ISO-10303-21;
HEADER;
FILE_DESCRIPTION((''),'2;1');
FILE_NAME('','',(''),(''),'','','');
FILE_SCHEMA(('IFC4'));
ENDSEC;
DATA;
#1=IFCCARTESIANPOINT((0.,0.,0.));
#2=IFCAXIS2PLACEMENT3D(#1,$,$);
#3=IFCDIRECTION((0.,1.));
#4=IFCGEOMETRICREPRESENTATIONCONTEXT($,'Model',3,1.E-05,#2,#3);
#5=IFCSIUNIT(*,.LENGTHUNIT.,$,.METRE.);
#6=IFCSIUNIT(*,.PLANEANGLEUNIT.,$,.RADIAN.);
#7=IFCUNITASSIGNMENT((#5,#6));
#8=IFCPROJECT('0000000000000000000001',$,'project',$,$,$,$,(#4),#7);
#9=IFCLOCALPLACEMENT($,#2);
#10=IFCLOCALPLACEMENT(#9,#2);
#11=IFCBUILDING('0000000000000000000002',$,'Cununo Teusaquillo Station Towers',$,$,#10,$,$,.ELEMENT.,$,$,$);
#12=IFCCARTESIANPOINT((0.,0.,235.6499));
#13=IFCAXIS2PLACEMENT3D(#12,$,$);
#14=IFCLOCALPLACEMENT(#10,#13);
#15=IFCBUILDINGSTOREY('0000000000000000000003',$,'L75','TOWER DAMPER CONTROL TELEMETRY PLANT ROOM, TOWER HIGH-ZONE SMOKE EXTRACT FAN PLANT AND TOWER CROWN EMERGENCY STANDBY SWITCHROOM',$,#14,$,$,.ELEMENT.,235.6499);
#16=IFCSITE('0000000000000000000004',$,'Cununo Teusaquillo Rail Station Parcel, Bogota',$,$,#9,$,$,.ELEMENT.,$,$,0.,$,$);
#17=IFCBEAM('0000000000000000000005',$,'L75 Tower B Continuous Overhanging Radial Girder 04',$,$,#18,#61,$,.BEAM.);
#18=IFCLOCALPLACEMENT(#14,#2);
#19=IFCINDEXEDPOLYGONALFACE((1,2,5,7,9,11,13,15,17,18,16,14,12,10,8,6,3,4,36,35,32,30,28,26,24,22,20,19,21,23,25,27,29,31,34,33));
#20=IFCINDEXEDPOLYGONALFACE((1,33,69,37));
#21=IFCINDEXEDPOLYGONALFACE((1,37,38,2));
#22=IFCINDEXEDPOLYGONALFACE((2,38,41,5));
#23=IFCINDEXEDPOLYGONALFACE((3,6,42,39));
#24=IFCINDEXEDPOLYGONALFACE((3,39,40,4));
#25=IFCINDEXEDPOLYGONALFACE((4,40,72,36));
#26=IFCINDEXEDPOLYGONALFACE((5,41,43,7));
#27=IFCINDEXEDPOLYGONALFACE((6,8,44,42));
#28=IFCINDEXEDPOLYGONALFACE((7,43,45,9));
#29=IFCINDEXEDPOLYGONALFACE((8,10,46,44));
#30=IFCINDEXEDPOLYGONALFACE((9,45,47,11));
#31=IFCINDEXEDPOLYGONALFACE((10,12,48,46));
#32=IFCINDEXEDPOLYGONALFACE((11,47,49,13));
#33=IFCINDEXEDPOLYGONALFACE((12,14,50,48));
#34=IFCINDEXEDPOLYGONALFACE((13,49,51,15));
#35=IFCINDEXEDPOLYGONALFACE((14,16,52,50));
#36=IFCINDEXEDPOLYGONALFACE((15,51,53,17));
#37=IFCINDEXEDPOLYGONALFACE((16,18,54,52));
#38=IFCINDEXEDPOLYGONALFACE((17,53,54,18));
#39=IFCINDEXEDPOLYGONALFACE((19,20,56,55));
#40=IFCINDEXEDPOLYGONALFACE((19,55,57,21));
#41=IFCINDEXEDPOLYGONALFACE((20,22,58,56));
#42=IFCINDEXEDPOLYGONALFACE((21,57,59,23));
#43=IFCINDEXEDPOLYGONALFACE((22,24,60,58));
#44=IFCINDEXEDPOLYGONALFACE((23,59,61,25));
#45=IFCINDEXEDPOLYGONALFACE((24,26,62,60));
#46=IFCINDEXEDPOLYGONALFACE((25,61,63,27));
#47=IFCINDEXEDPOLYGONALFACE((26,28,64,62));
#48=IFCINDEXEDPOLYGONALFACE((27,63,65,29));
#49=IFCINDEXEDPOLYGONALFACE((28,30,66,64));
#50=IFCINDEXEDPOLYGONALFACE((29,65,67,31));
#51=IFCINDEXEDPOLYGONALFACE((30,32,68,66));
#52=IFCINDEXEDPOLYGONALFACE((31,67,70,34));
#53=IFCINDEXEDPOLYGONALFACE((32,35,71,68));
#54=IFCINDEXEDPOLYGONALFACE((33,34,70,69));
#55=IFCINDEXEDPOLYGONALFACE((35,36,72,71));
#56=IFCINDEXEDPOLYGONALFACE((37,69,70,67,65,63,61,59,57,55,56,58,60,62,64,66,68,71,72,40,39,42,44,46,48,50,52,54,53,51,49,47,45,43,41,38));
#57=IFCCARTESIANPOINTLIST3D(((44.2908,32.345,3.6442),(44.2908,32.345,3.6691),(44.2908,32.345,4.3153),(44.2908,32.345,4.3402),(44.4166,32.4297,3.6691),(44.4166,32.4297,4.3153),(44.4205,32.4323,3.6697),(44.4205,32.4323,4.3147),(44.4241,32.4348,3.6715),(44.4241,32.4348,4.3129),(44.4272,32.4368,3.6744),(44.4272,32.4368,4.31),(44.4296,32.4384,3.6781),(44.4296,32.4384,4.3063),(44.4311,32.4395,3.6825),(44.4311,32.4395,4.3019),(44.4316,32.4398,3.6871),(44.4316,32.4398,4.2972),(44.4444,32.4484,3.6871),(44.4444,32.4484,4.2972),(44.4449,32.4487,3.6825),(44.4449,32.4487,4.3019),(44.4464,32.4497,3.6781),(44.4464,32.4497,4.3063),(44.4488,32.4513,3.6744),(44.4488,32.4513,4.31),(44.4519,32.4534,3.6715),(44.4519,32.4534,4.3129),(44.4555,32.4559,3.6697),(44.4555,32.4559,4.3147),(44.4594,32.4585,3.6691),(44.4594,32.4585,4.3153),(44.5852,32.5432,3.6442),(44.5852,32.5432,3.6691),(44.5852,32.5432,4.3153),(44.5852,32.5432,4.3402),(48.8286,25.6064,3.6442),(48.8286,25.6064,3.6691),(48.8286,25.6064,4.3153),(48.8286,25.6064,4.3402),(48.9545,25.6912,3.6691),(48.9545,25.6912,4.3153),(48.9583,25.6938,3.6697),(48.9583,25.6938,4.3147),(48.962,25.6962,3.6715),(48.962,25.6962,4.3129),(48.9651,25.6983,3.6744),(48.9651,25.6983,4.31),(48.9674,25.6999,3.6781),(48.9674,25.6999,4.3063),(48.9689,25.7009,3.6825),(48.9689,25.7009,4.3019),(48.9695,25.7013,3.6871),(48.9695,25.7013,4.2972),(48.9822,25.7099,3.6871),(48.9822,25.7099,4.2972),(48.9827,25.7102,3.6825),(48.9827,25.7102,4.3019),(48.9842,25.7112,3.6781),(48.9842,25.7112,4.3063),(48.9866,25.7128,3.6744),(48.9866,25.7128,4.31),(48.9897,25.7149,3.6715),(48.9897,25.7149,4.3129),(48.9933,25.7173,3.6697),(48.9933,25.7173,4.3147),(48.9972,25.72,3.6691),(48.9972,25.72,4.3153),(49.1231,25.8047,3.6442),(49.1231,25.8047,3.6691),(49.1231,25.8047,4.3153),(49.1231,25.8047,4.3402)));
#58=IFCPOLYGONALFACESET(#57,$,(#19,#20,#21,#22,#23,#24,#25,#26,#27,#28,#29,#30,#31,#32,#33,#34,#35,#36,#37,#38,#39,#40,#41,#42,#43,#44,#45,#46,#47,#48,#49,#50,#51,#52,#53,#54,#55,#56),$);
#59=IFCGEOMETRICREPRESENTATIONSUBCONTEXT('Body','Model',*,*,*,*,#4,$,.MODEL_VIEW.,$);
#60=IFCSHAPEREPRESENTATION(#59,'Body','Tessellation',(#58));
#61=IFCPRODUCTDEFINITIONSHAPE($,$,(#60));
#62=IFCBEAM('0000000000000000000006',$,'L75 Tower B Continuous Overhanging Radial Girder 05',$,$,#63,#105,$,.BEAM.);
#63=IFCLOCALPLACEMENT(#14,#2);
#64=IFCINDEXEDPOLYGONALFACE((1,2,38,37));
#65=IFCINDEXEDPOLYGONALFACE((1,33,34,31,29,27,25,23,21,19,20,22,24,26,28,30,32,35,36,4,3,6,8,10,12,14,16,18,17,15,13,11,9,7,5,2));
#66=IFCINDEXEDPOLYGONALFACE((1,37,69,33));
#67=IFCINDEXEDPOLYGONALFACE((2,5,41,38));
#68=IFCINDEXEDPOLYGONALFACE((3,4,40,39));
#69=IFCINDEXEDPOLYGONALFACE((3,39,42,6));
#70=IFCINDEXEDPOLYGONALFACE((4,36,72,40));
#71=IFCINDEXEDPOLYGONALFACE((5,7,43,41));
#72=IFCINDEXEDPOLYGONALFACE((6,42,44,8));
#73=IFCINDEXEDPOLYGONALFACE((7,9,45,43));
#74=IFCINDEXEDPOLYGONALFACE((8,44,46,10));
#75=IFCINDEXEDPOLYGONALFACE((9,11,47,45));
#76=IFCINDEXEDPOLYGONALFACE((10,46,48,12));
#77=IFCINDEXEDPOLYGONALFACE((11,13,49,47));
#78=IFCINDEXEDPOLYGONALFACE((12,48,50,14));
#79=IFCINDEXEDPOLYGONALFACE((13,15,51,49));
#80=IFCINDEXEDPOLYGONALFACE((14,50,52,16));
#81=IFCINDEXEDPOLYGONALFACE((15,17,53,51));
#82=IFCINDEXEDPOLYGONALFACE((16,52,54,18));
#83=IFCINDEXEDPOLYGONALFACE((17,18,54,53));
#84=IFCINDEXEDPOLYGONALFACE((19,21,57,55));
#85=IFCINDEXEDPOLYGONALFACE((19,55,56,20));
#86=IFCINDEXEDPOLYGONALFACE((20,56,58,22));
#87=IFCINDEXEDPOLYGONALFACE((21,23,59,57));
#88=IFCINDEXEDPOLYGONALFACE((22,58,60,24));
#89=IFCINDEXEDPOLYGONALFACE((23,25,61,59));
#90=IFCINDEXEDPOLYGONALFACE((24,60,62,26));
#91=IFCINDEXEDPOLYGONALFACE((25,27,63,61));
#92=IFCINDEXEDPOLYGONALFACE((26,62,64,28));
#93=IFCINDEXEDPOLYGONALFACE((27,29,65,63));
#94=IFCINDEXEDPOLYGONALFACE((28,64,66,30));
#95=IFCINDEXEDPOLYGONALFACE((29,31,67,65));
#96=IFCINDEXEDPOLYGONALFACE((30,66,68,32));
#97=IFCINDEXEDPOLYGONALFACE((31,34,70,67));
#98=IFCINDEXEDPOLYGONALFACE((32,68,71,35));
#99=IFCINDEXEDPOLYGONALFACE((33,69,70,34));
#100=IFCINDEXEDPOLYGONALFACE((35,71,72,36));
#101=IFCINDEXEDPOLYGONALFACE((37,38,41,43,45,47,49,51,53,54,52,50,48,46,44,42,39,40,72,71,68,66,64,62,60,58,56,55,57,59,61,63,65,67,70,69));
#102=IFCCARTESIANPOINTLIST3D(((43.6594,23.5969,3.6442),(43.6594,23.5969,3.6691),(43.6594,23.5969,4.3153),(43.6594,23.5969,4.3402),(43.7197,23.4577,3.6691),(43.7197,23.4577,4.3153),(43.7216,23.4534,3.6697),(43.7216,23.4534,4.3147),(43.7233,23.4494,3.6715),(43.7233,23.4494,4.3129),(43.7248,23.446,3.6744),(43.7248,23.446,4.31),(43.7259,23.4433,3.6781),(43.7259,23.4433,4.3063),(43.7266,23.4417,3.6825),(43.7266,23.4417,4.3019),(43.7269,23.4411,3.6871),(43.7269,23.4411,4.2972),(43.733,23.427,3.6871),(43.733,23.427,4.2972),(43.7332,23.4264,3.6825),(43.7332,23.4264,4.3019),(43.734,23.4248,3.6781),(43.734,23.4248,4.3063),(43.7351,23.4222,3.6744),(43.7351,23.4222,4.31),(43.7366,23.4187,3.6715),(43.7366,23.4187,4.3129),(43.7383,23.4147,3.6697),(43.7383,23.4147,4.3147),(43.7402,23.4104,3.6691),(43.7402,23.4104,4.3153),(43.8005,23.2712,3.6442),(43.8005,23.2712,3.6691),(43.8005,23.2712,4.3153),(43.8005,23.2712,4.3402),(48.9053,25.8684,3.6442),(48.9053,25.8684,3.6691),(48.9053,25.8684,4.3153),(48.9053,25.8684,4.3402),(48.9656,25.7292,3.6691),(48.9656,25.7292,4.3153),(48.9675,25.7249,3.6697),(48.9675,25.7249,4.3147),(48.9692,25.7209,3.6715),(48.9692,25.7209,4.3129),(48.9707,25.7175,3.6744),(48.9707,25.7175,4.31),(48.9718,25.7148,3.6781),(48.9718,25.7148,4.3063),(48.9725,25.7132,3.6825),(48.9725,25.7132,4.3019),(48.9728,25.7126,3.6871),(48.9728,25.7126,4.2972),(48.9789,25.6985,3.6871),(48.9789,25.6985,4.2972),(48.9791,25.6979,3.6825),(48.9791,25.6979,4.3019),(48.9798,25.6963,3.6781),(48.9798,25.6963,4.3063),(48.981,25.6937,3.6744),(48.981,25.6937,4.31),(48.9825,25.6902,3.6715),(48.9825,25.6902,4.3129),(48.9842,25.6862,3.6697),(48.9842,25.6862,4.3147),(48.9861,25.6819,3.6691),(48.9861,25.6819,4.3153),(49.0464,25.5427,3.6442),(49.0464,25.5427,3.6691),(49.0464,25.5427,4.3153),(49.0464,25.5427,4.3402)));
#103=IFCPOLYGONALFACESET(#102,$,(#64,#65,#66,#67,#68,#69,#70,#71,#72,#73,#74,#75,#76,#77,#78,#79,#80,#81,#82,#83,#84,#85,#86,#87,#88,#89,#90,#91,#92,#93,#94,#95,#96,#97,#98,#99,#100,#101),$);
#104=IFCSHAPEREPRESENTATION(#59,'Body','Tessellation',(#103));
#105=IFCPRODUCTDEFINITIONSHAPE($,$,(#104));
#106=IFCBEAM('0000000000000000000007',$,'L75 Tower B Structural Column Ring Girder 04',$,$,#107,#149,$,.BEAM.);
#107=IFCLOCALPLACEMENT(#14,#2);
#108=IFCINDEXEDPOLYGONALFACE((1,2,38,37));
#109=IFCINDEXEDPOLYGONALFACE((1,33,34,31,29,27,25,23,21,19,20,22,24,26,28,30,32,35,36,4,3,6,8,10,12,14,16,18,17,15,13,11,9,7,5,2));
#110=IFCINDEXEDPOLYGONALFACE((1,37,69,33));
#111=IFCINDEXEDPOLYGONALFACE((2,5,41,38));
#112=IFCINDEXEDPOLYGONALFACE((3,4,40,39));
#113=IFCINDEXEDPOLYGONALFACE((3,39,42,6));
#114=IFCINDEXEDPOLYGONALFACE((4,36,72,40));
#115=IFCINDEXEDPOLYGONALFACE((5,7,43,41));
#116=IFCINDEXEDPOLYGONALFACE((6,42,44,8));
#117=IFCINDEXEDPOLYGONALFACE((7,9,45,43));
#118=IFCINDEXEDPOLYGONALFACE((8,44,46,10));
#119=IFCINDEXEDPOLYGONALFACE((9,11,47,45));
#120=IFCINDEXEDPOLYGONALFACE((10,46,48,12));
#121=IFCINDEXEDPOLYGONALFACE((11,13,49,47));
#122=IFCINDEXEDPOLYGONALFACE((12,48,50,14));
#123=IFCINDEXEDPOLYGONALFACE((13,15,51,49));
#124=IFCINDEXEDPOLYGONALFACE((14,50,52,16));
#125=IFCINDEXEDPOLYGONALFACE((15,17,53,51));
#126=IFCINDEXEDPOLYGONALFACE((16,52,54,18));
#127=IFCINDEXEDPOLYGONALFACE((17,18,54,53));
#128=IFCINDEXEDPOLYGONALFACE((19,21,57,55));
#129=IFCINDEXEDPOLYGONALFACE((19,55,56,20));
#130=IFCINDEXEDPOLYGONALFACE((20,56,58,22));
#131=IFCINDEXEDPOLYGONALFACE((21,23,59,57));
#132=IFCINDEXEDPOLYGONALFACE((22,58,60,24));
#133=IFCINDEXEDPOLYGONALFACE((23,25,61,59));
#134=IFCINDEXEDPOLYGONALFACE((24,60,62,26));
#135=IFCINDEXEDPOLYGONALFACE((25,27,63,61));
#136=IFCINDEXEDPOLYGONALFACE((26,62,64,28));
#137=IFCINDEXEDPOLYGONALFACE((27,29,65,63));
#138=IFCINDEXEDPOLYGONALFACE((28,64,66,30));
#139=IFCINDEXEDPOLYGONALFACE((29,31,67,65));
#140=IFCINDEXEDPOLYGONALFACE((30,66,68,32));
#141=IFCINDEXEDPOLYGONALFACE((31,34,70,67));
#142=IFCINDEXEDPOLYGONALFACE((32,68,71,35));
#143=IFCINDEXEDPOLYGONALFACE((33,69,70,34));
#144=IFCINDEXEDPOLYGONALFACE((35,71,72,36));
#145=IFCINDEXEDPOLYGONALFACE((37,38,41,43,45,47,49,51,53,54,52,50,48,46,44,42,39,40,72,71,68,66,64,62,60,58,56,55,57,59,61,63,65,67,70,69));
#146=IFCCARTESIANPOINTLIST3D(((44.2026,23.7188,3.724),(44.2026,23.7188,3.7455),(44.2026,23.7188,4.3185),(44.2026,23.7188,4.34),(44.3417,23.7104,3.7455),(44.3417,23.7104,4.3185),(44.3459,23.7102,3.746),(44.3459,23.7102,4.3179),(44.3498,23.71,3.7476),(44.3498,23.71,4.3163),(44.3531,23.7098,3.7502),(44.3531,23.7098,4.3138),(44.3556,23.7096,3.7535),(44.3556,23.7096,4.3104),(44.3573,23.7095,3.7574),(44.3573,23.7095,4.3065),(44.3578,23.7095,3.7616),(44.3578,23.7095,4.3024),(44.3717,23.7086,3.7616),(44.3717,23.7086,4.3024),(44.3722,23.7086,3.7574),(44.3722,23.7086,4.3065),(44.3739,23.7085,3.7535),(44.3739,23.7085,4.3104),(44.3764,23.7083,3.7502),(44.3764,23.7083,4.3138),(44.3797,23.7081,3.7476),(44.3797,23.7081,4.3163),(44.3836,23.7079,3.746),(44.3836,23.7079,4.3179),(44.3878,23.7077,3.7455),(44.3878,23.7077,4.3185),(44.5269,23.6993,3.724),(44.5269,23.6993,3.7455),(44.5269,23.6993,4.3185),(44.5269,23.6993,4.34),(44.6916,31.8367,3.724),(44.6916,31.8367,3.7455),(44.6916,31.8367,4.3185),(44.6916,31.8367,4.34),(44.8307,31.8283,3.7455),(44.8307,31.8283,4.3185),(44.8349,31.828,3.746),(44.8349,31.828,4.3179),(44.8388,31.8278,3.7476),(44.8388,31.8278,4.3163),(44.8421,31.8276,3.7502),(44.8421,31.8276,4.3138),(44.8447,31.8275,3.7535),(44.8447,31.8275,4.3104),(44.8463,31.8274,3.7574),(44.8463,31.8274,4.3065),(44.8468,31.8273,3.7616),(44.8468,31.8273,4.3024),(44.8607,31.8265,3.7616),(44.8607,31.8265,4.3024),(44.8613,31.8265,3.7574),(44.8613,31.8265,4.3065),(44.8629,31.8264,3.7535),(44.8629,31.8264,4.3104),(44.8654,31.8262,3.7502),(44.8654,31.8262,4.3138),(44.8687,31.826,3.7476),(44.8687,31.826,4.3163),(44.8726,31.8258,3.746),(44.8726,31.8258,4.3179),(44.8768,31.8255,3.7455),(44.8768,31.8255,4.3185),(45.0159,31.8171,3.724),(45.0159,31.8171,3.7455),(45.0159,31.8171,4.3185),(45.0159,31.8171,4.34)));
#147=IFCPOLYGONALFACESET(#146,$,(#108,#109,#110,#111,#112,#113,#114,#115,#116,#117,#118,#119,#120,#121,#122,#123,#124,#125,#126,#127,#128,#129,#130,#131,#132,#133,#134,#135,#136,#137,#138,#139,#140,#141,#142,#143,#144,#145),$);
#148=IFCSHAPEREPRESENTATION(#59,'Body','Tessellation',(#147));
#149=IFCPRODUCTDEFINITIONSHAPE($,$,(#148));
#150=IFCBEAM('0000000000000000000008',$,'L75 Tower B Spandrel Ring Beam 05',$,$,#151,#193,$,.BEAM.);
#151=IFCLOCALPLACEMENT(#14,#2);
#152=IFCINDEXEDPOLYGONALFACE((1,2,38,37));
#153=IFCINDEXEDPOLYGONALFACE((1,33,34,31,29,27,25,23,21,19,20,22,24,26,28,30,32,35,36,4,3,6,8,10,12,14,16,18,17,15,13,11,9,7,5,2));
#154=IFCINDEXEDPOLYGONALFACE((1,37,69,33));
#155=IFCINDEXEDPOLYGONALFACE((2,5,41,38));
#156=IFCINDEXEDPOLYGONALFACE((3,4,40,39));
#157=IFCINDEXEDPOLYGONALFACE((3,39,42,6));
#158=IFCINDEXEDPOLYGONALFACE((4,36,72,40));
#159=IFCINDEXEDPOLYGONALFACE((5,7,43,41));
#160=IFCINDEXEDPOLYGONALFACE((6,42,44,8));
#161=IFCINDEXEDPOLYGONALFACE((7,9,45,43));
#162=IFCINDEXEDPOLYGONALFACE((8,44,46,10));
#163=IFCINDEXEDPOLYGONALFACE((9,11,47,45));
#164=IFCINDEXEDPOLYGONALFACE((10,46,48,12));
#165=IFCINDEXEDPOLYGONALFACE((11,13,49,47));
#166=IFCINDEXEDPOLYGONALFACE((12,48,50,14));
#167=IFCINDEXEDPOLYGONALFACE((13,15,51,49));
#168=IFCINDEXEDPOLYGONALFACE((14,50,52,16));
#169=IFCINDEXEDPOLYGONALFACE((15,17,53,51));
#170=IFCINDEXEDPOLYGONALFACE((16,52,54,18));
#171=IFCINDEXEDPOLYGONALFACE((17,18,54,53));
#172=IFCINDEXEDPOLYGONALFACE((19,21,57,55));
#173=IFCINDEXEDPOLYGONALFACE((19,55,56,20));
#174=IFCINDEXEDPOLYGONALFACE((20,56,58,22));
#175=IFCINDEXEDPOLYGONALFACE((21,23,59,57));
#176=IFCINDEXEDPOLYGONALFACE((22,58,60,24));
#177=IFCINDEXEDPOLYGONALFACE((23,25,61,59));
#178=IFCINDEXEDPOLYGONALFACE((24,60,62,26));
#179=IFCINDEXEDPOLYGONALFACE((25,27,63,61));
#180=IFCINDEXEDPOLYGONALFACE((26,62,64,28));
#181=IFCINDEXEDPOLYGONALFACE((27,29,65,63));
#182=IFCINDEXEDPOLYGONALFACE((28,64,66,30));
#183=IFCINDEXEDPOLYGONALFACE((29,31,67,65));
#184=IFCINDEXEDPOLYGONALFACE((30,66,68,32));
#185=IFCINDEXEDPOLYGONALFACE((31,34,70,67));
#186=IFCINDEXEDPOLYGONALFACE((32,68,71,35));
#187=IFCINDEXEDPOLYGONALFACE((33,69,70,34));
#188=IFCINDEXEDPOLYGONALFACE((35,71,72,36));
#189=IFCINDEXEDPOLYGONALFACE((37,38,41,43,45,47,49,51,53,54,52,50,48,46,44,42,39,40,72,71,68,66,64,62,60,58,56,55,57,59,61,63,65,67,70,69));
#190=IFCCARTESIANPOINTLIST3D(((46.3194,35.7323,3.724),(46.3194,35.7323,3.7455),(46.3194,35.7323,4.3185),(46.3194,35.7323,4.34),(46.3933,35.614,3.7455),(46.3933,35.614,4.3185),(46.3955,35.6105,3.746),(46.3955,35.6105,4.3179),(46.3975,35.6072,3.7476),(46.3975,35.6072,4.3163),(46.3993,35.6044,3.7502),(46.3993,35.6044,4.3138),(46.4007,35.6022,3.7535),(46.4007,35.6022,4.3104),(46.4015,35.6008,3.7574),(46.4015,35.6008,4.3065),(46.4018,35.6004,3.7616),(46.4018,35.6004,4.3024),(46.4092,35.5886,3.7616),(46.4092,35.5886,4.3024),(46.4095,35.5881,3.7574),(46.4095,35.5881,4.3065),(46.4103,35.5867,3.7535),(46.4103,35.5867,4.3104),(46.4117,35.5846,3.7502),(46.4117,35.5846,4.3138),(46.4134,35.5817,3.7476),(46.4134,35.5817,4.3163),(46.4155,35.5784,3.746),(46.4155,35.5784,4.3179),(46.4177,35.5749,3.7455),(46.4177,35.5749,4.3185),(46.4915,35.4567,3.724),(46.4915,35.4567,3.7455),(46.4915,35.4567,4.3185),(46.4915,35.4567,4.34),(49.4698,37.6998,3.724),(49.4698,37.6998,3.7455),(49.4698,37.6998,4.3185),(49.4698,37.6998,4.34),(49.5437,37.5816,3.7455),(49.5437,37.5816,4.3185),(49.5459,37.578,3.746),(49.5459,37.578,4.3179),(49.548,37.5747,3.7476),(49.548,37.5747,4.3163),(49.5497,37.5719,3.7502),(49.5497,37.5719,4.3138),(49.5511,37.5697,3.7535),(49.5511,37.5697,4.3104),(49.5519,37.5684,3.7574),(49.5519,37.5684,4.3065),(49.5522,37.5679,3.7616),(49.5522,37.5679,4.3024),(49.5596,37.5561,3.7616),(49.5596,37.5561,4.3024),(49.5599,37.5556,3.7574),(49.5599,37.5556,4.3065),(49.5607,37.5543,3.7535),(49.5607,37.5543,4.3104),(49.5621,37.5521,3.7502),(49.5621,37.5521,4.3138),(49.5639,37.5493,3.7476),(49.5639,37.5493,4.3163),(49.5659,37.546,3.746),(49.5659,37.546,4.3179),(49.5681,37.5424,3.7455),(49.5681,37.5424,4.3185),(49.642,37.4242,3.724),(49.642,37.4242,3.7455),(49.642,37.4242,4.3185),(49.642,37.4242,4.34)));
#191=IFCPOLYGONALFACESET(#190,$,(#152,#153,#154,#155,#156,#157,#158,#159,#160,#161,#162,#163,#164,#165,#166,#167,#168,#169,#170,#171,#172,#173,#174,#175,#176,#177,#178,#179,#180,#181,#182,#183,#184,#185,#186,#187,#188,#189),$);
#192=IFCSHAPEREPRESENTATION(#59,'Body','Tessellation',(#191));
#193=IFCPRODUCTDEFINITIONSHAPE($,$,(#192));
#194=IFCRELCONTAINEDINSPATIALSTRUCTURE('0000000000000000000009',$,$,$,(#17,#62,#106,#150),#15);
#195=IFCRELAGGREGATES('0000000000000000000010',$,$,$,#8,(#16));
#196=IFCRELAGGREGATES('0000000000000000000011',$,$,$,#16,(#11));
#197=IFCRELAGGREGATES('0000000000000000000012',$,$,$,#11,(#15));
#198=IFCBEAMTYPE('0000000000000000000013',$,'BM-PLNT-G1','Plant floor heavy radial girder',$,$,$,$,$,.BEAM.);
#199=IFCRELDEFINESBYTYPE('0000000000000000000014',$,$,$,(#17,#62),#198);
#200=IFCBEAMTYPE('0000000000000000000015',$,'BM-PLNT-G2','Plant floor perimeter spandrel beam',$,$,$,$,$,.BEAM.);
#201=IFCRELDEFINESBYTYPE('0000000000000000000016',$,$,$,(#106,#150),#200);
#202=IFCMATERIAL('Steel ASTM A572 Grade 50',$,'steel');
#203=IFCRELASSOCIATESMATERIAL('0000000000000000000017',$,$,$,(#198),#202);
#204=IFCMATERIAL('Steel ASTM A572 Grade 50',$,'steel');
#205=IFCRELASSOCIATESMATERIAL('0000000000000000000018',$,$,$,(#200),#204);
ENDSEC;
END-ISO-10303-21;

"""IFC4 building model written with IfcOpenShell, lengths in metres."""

from ifc_helpers import new_model, si_unit, direction, frame, origin, origin_2d, place, context, subcontext, project, spatial, i_section, extrude, material, material_profile, profile_set, type_object, element, save


model = new_model("IFC4")

# Units and contexts
model_context = context("Model", 3, precision=1e-05, world=origin(), true_north=direction((0.0, 1.0)))
body_context = subcontext(model_context, "Body", "Model", "MODEL_VIEW")
ifc_project = project(units=[si_unit("LENGTHUNIT", "METRE"), si_unit("PLANEANGLEUNIT", "RADIAN")], contexts=[model_context])

# Site, building, storey
site_placement = place(None, origin())
site = spatial("IfcSite", under=ifc_project, at=site_placement, Name="Cununo Teusaquillo Rail Station Parcel, Bogota", CompositionType="ELEMENT", RefElevation=0.0)
building_placement = place(site_placement, origin())
building = spatial("IfcBuilding", under=site, at=building_placement, Name="Cununo Teusaquillo Station Towers", CompositionType="ELEMENT")
storey_placement = place(building_placement, frame((0.0, 0.0, 235.6499)))
storey = spatial("IfcBuildingStorey", under=building, at=storey_placement, Name="L75", Description="TOWER DAMPER CONTROL TELEMETRY PLANT ROOM, TOWER HIGH-ZONE SMOKE EXTRACT FAN PLANT AND TOWER CROWN EMERGENCY STANDBY SWITCHROOM", CompositionType="ELEMENT", Elevation=235.6499)

# Beams
ifc_material_1 = material(Name="Steel ASTM A572 Grade 50", Category="steel")
ifc_material_profile_1 = material_profile(ifc_material_1, i_section(OverallWidth=0.355, OverallDepth=0.696, WebThickness=0.0154, FlangeThickness=0.0249, FilletRadius=0.0181, at=origin_2d()), Name="W27X146")
ifc_profile_set_1 = profile_set([ifc_material_profile_1], Name="Steel ASTM A572 Grade 50")
beam_type_1 = type_object("IfcBeamType", Name="BM-PLNT-G1", Description="Plant floor heavy radial girder", PredefinedType="BEAM", material=ifc_profile_set_1)
beam_1_placement = place(storey_placement, frame((48.9758, 25.7056, 3.9922), z_axis=(-0.558571, 0.829457, 0.0), x_axis=(-0.829457, -0.558571, 0.0)))
element("IfcBeam", 1, at=beam_1_placement, inside=storey, type_object=beam_type_1, Name="L75 Tower B Continuous Overhanging Radial Girder 04", PredefinedType="BEAM", context=body_context, shape_type="SweptSolid", body=[
    extrude(i_section(OverallWidth=0.355, OverallDepth=0.696, WebThickness=0.0154, FlangeThickness=0.0249, FilletRadius=0.0181, at=origin_2d()), origin(), (0.0, 0.0, 1.0), 8.124),
])
beam_2_placement = place(storey_placement, frame((48.9758, 25.7056, 3.9922), z_axis=(-0.917665, -0.397355, 0.0), x_axis=(0.397355, -0.917665, 0.0)))
element("IfcBeam", 2, at=beam_2_placement, inside=storey, type_object=beam_type_1, Name="L75 Tower B Continuous Overhanging Radial Girder 05", PredefinedType="BEAM", context=body_context, shape_type="SweptSolid", body=[
    extrude(i_section(OverallWidth=0.355, OverallDepth=0.696, WebThickness=0.0154, FlangeThickness=0.0249, FilletRadius=0.0181, at=origin_2d()), origin(), (0.0, 0.0, 1.0), 5.7166),
])
ifc_material_2 = material(Name="Steel ASTM A572 Grade 50", Category="steel")
ifc_material_profile_2 = material_profile(ifc_material_2, i_section(OverallWidth=0.325, OverallDepth=0.616, WebThickness=0.0139, FlangeThickness=0.0215, FilletRadius=0.0161, at=origin_2d()), Name="W24X117")
ifc_profile_set_2 = profile_set([ifc_material_profile_2], Name="Steel ASTM A572 Grade 50")
beam_type_2 = type_object("IfcBeamType", Name="BM-PLNT-G2", Description="Plant floor perimeter spandrel beam", PredefinedType="BEAM", material=ifc_profile_set_2)
beam_3_placement = place(storey_placement, frame((44.8538, 31.8269, 4.032), z_axis=(-0.06013, -0.998191, 0.0), x_axis=(0.998191, -0.06013, 0.0)))
element("IfcBeam", 3, at=beam_3_placement, inside=storey, type_object=beam_type_2, Name="L75 Tower B Structural Column Ring Girder 04", PredefinedType="BEAM", context=body_context, shape_type="SweptSolid", body=[
    extrude(i_section(OverallWidth=0.325, OverallDepth=0.616, WebThickness=0.0139, FlangeThickness=0.0215, FilletRadius=0.0161, at=origin_2d()), origin(), (0.0, 0.0, 1.0), 8.1326),
])
for number, where, z_axis, x_axis, name in (
    (4, (49.5559, 37.562, 4.032), (-0.848176, -0.529715, 0.0), (0.529715, -0.848176, 0.0), "L75 Tower B Spandrel Ring Beam 05"),
):
    element("IfcBeam", number, at=place(storey_placement, frame(where, z_axis=z_axis, x_axis=x_axis)), inside=storey, type_object=beam_type_2, Name=name, PredefinedType="BEAM", context=body_context, shape_type="SweptSolid", body=[
        extrude(i_section(OverallWidth=0.325, OverallDepth=0.616, WebThickness=0.0139, FlangeThickness=0.0215, FilletRadius=0.0161, at=origin_2d()), origin(), (0.0, 0.0, 1.0), 3.7144),
    ])

save(model, "model.ifc")
